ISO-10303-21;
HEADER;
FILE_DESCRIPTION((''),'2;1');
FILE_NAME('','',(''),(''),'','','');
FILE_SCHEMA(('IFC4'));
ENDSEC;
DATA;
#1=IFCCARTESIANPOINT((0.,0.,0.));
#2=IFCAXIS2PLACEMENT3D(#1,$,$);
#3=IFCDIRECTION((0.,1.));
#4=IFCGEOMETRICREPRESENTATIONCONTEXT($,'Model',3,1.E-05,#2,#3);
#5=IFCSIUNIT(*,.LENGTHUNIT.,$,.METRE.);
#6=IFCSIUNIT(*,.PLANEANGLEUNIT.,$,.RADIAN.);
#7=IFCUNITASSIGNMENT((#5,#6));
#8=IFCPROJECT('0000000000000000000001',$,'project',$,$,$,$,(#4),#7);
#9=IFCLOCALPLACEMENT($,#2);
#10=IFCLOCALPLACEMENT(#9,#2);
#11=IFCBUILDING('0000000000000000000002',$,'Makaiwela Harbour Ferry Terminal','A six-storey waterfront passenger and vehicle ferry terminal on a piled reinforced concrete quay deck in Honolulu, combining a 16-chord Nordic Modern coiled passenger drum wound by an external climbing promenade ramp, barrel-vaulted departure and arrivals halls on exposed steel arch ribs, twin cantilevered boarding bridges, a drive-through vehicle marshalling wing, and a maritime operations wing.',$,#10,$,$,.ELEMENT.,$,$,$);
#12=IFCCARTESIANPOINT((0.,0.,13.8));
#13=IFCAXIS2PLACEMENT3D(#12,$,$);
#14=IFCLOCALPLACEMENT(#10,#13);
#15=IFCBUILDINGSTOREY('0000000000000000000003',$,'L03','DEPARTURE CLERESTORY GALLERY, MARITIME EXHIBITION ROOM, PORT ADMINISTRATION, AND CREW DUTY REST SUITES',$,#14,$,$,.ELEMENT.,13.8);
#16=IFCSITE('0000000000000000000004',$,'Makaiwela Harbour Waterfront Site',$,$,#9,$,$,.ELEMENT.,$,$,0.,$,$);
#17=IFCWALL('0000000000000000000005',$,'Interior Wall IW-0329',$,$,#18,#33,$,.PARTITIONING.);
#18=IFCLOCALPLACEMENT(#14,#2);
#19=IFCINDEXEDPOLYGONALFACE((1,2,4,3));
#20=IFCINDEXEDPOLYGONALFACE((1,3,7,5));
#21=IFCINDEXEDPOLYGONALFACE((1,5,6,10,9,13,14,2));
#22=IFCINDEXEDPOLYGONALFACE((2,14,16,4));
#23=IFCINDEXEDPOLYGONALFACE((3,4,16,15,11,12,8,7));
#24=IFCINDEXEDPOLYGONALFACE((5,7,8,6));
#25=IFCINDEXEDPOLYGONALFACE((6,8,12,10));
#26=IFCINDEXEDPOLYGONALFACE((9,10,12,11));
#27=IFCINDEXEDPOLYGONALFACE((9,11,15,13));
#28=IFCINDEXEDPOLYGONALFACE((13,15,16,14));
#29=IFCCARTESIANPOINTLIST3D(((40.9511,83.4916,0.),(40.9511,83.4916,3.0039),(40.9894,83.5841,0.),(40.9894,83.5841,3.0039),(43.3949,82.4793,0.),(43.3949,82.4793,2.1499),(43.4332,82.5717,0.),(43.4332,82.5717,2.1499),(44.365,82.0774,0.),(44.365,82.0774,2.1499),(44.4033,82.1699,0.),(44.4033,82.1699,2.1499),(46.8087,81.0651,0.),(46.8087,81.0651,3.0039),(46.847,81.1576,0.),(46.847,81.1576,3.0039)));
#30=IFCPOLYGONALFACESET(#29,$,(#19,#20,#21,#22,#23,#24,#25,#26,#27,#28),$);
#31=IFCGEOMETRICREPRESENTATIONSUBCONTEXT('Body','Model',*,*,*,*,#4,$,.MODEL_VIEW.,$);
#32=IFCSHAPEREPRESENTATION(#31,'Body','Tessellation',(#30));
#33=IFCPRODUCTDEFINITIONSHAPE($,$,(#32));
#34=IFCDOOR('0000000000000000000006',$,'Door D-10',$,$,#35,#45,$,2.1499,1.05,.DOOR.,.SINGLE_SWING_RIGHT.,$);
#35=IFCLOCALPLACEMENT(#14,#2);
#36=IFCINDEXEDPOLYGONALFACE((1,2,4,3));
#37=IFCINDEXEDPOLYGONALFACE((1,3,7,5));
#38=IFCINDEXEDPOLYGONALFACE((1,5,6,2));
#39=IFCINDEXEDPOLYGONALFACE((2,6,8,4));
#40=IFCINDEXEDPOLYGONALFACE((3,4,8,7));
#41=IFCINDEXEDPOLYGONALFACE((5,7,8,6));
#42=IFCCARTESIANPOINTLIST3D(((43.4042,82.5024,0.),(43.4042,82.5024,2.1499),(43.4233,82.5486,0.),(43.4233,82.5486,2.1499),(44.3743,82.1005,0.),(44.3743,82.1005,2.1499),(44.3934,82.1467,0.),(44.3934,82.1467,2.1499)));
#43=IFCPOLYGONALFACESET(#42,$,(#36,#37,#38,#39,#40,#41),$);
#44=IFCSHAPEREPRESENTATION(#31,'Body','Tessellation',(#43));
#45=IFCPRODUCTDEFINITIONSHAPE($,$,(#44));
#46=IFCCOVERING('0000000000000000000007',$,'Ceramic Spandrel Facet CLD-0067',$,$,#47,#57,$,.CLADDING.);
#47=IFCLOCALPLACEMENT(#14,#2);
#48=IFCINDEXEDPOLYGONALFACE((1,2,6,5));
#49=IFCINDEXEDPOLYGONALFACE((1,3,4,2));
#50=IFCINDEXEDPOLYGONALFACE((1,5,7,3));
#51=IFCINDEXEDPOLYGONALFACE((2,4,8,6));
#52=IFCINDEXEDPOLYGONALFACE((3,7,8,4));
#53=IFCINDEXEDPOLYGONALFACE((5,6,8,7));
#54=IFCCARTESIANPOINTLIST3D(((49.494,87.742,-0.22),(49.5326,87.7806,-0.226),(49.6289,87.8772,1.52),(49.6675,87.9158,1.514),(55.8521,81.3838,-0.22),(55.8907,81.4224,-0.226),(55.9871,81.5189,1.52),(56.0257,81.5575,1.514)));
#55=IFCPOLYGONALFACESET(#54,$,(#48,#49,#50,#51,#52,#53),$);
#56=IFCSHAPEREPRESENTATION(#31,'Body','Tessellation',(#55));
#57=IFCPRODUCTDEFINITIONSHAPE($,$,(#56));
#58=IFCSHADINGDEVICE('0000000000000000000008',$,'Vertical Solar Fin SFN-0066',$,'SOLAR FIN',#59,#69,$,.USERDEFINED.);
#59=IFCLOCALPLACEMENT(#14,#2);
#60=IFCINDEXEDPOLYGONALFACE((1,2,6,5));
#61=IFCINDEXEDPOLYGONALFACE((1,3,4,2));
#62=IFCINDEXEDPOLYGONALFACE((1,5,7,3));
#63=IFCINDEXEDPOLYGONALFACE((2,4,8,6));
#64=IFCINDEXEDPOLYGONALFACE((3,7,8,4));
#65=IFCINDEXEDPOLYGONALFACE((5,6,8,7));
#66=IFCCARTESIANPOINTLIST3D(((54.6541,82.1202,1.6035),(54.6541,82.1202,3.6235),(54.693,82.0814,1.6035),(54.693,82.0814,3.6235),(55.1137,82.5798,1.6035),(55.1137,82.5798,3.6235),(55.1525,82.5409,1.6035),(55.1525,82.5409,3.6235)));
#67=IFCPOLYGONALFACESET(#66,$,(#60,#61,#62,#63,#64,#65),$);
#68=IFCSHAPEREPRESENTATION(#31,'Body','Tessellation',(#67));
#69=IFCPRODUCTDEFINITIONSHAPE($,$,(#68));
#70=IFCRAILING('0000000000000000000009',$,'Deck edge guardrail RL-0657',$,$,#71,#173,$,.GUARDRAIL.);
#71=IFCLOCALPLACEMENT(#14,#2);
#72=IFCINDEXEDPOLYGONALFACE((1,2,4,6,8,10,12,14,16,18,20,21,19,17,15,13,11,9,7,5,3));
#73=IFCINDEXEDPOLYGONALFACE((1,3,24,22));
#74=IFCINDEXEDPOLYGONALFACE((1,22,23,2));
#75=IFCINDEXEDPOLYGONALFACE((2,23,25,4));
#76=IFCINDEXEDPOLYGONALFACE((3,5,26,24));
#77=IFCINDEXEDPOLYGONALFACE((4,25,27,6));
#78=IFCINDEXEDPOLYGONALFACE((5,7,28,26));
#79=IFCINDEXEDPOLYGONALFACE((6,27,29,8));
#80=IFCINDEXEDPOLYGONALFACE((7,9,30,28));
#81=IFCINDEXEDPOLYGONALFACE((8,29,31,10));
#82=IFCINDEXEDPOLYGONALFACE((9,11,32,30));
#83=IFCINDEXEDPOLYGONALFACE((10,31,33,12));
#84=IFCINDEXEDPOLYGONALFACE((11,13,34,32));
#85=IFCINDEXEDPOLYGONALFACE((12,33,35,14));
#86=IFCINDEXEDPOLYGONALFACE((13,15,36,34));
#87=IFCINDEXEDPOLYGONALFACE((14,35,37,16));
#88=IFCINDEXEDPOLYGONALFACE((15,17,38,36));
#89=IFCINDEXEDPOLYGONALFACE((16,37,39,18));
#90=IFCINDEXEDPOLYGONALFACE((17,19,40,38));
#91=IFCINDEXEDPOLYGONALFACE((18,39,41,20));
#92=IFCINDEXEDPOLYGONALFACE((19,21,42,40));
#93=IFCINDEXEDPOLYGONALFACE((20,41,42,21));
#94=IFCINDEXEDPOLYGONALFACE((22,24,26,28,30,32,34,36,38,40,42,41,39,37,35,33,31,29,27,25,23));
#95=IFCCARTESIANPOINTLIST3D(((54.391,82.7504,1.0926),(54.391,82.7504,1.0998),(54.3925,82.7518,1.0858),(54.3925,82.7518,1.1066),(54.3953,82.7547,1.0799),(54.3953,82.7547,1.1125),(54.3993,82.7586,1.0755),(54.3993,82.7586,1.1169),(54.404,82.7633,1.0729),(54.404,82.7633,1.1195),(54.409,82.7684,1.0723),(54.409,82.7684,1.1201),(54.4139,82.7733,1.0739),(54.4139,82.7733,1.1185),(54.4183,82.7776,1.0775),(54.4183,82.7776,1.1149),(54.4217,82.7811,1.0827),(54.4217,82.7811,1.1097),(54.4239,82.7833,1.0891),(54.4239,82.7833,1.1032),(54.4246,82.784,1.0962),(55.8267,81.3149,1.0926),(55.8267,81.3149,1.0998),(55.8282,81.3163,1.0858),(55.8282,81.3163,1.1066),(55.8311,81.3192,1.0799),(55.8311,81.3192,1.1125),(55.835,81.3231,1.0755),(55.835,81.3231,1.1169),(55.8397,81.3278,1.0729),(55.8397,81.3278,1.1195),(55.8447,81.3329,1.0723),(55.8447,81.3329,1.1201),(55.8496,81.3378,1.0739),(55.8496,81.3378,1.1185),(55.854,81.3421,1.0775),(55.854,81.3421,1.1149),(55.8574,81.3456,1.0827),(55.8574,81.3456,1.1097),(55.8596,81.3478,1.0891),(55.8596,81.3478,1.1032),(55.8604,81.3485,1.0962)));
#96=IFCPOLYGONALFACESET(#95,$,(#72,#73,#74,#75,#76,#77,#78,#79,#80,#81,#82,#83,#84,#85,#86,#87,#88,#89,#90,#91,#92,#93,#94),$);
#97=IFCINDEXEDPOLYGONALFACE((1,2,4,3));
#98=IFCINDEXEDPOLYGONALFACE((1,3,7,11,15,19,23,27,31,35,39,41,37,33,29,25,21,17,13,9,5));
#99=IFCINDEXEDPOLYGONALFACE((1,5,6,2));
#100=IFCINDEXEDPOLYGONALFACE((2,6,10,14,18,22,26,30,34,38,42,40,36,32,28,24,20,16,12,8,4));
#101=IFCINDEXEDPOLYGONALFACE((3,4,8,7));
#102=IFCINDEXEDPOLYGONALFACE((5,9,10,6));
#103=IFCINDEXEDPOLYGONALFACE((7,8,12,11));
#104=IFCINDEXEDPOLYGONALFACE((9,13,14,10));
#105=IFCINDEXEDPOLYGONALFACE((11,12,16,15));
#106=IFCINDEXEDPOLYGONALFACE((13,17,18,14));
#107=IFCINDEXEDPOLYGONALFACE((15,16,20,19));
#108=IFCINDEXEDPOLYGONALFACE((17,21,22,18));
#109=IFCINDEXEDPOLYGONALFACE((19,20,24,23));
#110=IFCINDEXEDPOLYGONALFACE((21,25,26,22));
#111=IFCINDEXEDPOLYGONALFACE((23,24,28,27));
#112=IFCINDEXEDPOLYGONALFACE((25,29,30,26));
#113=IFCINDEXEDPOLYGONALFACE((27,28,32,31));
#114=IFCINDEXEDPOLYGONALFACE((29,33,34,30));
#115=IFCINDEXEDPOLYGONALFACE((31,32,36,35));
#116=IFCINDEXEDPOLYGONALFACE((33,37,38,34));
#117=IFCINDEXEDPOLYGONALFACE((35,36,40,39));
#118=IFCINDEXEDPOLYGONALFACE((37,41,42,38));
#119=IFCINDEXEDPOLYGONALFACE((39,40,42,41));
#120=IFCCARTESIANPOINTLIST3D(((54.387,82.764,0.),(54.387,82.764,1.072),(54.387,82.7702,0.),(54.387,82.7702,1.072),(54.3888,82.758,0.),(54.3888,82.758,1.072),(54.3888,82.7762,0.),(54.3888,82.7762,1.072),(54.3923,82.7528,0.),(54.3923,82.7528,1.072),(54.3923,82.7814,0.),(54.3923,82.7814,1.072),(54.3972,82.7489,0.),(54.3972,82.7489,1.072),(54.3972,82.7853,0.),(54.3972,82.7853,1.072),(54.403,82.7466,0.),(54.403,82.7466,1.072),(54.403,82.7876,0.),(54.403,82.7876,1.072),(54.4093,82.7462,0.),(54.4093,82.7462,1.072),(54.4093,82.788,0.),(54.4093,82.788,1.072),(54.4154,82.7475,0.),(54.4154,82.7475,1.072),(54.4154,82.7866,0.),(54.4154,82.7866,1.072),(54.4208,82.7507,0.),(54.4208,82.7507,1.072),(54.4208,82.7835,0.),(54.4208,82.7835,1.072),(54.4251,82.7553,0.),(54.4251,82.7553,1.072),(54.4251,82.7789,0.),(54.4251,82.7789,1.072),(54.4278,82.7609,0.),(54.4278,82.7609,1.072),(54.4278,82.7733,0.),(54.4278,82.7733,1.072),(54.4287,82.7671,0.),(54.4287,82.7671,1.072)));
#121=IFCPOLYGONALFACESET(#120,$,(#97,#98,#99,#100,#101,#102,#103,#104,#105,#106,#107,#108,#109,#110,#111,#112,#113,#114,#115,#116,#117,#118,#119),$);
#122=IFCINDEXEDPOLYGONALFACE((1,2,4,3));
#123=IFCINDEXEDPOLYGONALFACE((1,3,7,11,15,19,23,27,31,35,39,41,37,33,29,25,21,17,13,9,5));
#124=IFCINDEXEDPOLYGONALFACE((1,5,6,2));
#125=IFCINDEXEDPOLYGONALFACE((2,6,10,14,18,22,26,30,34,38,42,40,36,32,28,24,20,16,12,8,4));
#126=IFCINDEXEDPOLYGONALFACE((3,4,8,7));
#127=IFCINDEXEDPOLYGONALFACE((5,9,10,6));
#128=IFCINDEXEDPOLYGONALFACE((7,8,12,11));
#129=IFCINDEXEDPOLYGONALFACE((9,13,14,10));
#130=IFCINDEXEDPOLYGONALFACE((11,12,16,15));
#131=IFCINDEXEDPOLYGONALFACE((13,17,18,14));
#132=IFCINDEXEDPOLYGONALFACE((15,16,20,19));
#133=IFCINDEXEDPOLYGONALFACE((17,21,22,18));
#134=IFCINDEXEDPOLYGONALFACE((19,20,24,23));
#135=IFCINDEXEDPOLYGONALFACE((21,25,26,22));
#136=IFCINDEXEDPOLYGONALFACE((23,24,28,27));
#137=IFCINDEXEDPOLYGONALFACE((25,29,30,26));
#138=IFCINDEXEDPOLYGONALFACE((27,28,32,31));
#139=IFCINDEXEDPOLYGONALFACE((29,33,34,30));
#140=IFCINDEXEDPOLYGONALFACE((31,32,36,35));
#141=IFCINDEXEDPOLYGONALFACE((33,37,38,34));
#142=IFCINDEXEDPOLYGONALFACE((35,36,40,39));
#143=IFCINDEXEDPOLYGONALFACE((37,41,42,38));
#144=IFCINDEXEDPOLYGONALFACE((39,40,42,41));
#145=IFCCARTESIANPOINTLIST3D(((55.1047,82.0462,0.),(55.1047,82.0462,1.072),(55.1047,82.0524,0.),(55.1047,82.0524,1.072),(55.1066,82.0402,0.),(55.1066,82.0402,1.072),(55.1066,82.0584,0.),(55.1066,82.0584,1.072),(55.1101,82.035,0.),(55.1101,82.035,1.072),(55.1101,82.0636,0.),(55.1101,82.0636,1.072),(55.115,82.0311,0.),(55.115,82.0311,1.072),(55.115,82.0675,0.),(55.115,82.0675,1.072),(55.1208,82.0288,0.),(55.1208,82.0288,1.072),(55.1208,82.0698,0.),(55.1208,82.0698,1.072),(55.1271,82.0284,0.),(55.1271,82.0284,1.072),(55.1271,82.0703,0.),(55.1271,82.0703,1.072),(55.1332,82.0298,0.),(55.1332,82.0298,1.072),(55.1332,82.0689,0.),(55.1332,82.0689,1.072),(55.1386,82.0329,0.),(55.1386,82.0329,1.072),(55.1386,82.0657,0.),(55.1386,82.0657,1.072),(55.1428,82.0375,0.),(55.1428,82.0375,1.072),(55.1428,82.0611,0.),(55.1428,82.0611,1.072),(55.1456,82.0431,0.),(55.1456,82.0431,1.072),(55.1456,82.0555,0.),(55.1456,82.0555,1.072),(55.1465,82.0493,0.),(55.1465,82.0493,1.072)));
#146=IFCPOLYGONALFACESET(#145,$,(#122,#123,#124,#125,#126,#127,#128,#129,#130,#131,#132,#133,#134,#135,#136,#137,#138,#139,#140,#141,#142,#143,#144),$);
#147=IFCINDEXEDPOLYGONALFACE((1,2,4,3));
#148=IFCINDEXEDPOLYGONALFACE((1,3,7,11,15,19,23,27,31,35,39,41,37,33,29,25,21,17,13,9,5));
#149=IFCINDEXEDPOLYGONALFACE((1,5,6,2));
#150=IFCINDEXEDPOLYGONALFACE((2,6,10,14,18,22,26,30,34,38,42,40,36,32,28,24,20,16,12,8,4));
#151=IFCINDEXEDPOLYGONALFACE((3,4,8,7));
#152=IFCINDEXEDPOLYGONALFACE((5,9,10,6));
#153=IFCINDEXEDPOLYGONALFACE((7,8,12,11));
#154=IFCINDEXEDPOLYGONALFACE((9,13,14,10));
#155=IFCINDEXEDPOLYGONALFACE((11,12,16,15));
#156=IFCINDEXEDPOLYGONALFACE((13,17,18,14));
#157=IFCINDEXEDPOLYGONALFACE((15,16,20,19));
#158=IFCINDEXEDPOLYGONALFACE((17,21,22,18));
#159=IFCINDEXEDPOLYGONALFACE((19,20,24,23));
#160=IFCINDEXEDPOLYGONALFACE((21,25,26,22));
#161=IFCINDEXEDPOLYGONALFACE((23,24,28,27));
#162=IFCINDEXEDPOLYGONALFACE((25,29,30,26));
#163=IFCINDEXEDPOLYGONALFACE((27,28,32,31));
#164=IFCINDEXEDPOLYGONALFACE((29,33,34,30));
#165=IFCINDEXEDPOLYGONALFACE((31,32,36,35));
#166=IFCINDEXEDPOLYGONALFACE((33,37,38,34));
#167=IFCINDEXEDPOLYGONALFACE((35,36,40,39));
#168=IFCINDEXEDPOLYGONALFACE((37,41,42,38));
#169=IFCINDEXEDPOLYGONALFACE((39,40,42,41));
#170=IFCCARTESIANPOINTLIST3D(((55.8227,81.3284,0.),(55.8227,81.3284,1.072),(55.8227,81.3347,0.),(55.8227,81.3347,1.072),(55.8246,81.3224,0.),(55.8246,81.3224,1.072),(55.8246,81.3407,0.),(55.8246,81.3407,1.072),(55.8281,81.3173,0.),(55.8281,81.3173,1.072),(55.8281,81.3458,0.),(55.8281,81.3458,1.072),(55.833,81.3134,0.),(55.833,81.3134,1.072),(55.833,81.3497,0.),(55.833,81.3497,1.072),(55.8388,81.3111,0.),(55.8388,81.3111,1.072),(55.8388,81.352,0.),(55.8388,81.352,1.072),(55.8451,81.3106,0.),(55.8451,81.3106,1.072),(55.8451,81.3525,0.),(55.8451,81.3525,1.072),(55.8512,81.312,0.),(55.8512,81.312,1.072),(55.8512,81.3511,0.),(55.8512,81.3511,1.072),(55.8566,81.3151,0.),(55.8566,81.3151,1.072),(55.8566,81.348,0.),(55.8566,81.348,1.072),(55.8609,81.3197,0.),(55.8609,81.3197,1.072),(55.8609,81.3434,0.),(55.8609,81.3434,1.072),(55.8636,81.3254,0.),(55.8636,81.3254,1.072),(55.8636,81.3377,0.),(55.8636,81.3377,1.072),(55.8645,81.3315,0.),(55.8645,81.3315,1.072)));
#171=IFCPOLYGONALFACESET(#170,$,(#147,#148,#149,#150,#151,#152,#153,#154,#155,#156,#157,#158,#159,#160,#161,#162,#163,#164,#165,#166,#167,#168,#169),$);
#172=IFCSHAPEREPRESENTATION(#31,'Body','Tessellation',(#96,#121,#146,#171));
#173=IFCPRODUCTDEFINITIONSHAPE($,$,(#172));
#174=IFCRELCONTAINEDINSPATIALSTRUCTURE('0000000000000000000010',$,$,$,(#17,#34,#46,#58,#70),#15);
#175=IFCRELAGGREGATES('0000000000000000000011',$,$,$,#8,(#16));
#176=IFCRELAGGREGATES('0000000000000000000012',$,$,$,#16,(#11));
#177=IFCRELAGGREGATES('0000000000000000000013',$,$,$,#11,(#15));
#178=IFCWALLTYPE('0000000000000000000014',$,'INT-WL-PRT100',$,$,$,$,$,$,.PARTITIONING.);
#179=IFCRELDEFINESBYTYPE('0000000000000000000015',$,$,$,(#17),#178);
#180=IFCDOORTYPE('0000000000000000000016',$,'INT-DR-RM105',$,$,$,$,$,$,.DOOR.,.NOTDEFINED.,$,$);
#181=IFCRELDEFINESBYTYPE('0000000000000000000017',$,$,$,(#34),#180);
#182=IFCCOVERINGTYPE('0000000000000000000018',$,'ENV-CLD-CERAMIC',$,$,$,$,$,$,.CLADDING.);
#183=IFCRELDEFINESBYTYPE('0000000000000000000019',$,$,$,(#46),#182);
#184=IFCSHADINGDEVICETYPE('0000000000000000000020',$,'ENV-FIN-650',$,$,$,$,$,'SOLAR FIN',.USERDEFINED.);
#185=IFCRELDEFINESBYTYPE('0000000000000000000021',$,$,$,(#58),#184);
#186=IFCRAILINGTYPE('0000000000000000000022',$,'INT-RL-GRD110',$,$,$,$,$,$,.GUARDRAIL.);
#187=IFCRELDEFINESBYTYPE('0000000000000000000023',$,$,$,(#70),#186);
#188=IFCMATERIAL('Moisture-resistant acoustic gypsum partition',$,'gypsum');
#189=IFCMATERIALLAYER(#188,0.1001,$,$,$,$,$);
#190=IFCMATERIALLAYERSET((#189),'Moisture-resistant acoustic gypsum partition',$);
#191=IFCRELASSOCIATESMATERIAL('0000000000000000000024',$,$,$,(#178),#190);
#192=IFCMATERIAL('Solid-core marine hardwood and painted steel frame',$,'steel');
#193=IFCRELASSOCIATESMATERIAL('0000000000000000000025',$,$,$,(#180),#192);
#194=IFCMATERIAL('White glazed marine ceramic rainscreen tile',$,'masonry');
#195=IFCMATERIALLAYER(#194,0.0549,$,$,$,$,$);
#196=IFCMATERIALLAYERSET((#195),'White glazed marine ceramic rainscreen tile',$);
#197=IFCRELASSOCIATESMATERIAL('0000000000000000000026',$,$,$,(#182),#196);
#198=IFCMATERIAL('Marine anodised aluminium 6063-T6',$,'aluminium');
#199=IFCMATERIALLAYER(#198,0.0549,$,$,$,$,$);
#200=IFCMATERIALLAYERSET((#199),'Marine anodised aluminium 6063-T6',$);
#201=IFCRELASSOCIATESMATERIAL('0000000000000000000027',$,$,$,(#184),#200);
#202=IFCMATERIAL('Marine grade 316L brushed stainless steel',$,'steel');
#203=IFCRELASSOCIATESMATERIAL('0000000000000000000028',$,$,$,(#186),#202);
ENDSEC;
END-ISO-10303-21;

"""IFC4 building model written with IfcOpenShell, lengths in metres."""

from ifc_helpers import new_model, si_unit, direction, frame, frame_2d, origin, origin_2d, place, context, subcontext, project, spatial, polyline, rectangle, circle, outline, extrude, material, layer, layer_set, type_object, element, fill, save


model = new_model("IFC4")

# Units and contexts
model_context = context("Model", 3, precision=1e-05, world=origin(), true_north=direction((0.0, 1.0)))
body_context = subcontext(model_context, "Body", "Model", "MODEL_VIEW")
ifc_project = project(units=[si_unit("LENGTHUNIT", "METRE"), si_unit("PLANEANGLEUNIT", "RADIAN")], contexts=[model_context])

# Site, building, storey
site_placement = place(None, origin())
site = spatial("IfcSite", under=ifc_project, at=site_placement, Name="Makaiwela Harbour Waterfront Site", CompositionType="ELEMENT", RefElevation=0.0)
building_placement = place(site_placement, origin())
building = spatial("IfcBuilding", under=site, at=building_placement, Name="Makaiwela Harbour Ferry Terminal", Description="A six-storey waterfront passenger and vehicle ferry terminal on a piled reinforced concrete quay deck in Honolulu, combining a 16-chord Nordic Modern coiled passenger drum wound by an external climbing promenade ramp, barrel-vaulted departure and arrivals halls on exposed steel arch ribs, twin cantilevered boarding bridges, a drive-through vehicle marshalling wing, and a maritime operations wing.", CompositionType="ELEMENT")
storey_placement = place(building_placement, frame((0.0, 0.0, 13.8)))
storey = spatial("IfcBuildingStorey", under=building, at=storey_placement, Name="L03", Description="DEPARTURE CLERESTORY GALLERY, MARITIME EXHIBITION ROOM, PORT ADMINISTRATION, AND CREW DUTY REST SUITES", CompositionType="ELEMENT", Elevation=13.8)

# Shared definitions
ifc_material_1 = material(Name="Marine anodised aluminium 6063-T6", Category="aluminium")

# Wall, opening, door
ifc_material_2 = material(Name="Moisture-resistant acoustic gypsum partition", Category="gypsum")
ifc_layer_1 = layer(ifc_material_2, 0.1001)
ifc_layer_set_1 = layer_set([ifc_layer_1], Name="Moisture-resistant acoustic gypsum partition")
wall_type_1 = type_object("IfcWallType", Name="INT-WL-PRT100", PredefinedType="PARTITIONING", material=ifc_layer_set_1)
wall_1_placement = place(storey_placement, frame((46.8279, 81.1113, 0.0), z_axis=(0.0, 0.0, 1.0), x_axis=(-0.923869, 0.382709, 0.0)))
wall_1 = element("IfcWall", 1, at=wall_1_placement, inside=storey, type_object=wall_type_1, Name="Interior Wall IW-0329", PredefinedType="PARTITIONING", context=body_context, shape_type="SweptSolid", body=[
    extrude(rectangle(XDim=6.3403, YDim=0.1001, at=frame_2d((3.1702, 0.0))), origin(), (0.0, 0.0, 1.0), 3.0039),
])
opening_placement = place(wall_1_placement, frame((2.6453, 0.0, 0.0)))
opening = element("IfcOpeningElement", 2, at=opening_placement, cuts=wall_1, PredefinedType="OPENING", context=body_context, shape_type="SweptSolid", body=[
    extrude(rectangle(XDim=1.05, YDim=2.1499, at=frame_2d((0.5249, 1.075))), frame((0.0, 0.0601, 0.0), z_axis=(0.0, -1.0, 0.0), x_axis=(1.0, 0.0, 0.0)), (0.0, 0.0, 1.0), 0.1201),
])
ifc_material_3 = material(Name="Solid-core marine hardwood and painted steel frame", Category="steel")
door_type = type_object("IfcDoorType", Name="INT-DR-RM105", OperationType="NOTDEFINED", PredefinedType="DOOR", material=ifc_material_3)
door_placement = place(opening_placement, frame((1.05, 0.0, 0.0), z_axis=(0.0, 0.0, 1.0), x_axis=(-1.0, 0.0, 0.0)))
door = element("IfcDoor", 3, at=door_placement, inside=storey, type_object=door_type, Name="Door D-10", OperationType="SINGLE_SWING_RIGHT", OverallHeight=2.1499, OverallWidth=1.05, PredefinedType="DOOR", context=body_context, shape_type="SweptSolid", body=[
    extrude(rectangle(XDim=1.05, YDim=2.1499, at=frame_2d((0.5249, 1.075))), frame((0.0, 0.0249, 0.0), z_axis=(0.0, -1.0, 0.0), x_axis=(1.0, 0.0, 0.0)), (0.0, 0.0, 1.0), 0.05),
])
fill(opening, door)

# Covering
ifc_material_4 = material(Name="White glazed marine ceramic rainscreen tile", Category="masonry")
ifc_layer_2 = layer(ifc_material_4, 0.0549)
ifc_layer_set_2 = layer_set([ifc_layer_2], Name="White glazed marine ceramic rainscreen tile")
covering_type = type_object("IfcCoveringType", Name="ENV-CLD-CERAMIC", PredefinedType="CLADDING", material=ifc_layer_set_2)
covering_placement = place(storey_placement, frame((55.8521, 81.3838, -0.22), z_axis=(-0.702891, -0.702877, 0.109126), x_axis=(-0.7071, 0.707113, -0.000001)))
element("IfcCovering", 4, at=covering_placement, inside=storey, type_object=covering_type, Name="Ceramic Spandrel Facet CLD-0067", PredefinedType="CLADDING", context=body_context, shape_type="SweptSolid", body=[
    extrude(outline(polyline([(0.0, 0.0), (8.9918, 0.0), (8.992, -1.7505), (0.0, -1.7504), (0.0, 0.0)])), origin(), (0.0, 0.0, -1.0), 0.0549),
])

# Shading device
ifc_layer_3 = layer(ifc_material_1, 0.0549)
ifc_layer_set_3 = layer_set([ifc_layer_3], Name="Marine anodised aluminium 6063-T6")
shading_device_type = type_object("IfcShadingDeviceType", Name="ENV-FIN-650", ElementType="SOLAR FIN", PredefinedType="USERDEFINED", material=ifc_layer_set_3)
shading_device_placement = place(storey_placement, frame((54.9033, 82.3306, 1.6035), z_axis=(0.0, 0.0, 1.0), x_axis=(0.707107, 0.707107, 0.0)))
element("IfcShadingDevice", 5, at=shading_device_placement, inside=storey, type_object=shading_device_type, Name="Vertical Solar Fin SFN-0066", ObjectType="SOLAR FIN", PredefinedType="USERDEFINED", context=body_context, shape_type="SweptSolid", body=[
    extrude(rectangle(XDim=0.6499, YDim=0.0549, at=origin_2d()), origin(), (0.0, 0.0, 1.0), 2.02),
])

# Railing
ifc_material_5 = material(Name="Marine grade 316L brushed stainless steel", Category="steel")
railing_type = type_object("IfcRailingType", Name="INT-RL-GRD110", PredefinedType="GUARDRAIL", material=ifc_material_5)
railing_1_placement = place(storey_placement, frame((54.4077, 82.7671, 0.0)))
element("IfcRailing", 6, at=railing_1_placement, inside=storey, type_object=railing_type, Name="Deck edge guardrail RL-0657", PredefinedType="GUARDRAIL", context=body_context, shape_type="SweptSolid", body=[
    extrude(circle(Radius=0.0239, at=origin_2d()), frame((0.0, 0.0, 1.0962), z_axis=(0.707167, -0.707047, 0.0), x_axis=(0.707047, 0.707167, 0.0)), (0.0, 0.0, 1.0), 2.0303),
    extrude(circle(Radius=0.021, at=origin_2d()), origin(), (0.0, 0.0, 1.0), 1.072),
    extrude(circle(Radius=0.021, at=origin_2d()), frame((0.7178, -0.7178, 0.0)), (0.0, 0.0, 1.0), 1.072),
    extrude(circle(Radius=0.021, at=origin_2d()), frame((1.4358, -1.4355, 0.0)), (0.0, 0.0, 1.0), 1.072),
])

save(model, "model.ifc")
